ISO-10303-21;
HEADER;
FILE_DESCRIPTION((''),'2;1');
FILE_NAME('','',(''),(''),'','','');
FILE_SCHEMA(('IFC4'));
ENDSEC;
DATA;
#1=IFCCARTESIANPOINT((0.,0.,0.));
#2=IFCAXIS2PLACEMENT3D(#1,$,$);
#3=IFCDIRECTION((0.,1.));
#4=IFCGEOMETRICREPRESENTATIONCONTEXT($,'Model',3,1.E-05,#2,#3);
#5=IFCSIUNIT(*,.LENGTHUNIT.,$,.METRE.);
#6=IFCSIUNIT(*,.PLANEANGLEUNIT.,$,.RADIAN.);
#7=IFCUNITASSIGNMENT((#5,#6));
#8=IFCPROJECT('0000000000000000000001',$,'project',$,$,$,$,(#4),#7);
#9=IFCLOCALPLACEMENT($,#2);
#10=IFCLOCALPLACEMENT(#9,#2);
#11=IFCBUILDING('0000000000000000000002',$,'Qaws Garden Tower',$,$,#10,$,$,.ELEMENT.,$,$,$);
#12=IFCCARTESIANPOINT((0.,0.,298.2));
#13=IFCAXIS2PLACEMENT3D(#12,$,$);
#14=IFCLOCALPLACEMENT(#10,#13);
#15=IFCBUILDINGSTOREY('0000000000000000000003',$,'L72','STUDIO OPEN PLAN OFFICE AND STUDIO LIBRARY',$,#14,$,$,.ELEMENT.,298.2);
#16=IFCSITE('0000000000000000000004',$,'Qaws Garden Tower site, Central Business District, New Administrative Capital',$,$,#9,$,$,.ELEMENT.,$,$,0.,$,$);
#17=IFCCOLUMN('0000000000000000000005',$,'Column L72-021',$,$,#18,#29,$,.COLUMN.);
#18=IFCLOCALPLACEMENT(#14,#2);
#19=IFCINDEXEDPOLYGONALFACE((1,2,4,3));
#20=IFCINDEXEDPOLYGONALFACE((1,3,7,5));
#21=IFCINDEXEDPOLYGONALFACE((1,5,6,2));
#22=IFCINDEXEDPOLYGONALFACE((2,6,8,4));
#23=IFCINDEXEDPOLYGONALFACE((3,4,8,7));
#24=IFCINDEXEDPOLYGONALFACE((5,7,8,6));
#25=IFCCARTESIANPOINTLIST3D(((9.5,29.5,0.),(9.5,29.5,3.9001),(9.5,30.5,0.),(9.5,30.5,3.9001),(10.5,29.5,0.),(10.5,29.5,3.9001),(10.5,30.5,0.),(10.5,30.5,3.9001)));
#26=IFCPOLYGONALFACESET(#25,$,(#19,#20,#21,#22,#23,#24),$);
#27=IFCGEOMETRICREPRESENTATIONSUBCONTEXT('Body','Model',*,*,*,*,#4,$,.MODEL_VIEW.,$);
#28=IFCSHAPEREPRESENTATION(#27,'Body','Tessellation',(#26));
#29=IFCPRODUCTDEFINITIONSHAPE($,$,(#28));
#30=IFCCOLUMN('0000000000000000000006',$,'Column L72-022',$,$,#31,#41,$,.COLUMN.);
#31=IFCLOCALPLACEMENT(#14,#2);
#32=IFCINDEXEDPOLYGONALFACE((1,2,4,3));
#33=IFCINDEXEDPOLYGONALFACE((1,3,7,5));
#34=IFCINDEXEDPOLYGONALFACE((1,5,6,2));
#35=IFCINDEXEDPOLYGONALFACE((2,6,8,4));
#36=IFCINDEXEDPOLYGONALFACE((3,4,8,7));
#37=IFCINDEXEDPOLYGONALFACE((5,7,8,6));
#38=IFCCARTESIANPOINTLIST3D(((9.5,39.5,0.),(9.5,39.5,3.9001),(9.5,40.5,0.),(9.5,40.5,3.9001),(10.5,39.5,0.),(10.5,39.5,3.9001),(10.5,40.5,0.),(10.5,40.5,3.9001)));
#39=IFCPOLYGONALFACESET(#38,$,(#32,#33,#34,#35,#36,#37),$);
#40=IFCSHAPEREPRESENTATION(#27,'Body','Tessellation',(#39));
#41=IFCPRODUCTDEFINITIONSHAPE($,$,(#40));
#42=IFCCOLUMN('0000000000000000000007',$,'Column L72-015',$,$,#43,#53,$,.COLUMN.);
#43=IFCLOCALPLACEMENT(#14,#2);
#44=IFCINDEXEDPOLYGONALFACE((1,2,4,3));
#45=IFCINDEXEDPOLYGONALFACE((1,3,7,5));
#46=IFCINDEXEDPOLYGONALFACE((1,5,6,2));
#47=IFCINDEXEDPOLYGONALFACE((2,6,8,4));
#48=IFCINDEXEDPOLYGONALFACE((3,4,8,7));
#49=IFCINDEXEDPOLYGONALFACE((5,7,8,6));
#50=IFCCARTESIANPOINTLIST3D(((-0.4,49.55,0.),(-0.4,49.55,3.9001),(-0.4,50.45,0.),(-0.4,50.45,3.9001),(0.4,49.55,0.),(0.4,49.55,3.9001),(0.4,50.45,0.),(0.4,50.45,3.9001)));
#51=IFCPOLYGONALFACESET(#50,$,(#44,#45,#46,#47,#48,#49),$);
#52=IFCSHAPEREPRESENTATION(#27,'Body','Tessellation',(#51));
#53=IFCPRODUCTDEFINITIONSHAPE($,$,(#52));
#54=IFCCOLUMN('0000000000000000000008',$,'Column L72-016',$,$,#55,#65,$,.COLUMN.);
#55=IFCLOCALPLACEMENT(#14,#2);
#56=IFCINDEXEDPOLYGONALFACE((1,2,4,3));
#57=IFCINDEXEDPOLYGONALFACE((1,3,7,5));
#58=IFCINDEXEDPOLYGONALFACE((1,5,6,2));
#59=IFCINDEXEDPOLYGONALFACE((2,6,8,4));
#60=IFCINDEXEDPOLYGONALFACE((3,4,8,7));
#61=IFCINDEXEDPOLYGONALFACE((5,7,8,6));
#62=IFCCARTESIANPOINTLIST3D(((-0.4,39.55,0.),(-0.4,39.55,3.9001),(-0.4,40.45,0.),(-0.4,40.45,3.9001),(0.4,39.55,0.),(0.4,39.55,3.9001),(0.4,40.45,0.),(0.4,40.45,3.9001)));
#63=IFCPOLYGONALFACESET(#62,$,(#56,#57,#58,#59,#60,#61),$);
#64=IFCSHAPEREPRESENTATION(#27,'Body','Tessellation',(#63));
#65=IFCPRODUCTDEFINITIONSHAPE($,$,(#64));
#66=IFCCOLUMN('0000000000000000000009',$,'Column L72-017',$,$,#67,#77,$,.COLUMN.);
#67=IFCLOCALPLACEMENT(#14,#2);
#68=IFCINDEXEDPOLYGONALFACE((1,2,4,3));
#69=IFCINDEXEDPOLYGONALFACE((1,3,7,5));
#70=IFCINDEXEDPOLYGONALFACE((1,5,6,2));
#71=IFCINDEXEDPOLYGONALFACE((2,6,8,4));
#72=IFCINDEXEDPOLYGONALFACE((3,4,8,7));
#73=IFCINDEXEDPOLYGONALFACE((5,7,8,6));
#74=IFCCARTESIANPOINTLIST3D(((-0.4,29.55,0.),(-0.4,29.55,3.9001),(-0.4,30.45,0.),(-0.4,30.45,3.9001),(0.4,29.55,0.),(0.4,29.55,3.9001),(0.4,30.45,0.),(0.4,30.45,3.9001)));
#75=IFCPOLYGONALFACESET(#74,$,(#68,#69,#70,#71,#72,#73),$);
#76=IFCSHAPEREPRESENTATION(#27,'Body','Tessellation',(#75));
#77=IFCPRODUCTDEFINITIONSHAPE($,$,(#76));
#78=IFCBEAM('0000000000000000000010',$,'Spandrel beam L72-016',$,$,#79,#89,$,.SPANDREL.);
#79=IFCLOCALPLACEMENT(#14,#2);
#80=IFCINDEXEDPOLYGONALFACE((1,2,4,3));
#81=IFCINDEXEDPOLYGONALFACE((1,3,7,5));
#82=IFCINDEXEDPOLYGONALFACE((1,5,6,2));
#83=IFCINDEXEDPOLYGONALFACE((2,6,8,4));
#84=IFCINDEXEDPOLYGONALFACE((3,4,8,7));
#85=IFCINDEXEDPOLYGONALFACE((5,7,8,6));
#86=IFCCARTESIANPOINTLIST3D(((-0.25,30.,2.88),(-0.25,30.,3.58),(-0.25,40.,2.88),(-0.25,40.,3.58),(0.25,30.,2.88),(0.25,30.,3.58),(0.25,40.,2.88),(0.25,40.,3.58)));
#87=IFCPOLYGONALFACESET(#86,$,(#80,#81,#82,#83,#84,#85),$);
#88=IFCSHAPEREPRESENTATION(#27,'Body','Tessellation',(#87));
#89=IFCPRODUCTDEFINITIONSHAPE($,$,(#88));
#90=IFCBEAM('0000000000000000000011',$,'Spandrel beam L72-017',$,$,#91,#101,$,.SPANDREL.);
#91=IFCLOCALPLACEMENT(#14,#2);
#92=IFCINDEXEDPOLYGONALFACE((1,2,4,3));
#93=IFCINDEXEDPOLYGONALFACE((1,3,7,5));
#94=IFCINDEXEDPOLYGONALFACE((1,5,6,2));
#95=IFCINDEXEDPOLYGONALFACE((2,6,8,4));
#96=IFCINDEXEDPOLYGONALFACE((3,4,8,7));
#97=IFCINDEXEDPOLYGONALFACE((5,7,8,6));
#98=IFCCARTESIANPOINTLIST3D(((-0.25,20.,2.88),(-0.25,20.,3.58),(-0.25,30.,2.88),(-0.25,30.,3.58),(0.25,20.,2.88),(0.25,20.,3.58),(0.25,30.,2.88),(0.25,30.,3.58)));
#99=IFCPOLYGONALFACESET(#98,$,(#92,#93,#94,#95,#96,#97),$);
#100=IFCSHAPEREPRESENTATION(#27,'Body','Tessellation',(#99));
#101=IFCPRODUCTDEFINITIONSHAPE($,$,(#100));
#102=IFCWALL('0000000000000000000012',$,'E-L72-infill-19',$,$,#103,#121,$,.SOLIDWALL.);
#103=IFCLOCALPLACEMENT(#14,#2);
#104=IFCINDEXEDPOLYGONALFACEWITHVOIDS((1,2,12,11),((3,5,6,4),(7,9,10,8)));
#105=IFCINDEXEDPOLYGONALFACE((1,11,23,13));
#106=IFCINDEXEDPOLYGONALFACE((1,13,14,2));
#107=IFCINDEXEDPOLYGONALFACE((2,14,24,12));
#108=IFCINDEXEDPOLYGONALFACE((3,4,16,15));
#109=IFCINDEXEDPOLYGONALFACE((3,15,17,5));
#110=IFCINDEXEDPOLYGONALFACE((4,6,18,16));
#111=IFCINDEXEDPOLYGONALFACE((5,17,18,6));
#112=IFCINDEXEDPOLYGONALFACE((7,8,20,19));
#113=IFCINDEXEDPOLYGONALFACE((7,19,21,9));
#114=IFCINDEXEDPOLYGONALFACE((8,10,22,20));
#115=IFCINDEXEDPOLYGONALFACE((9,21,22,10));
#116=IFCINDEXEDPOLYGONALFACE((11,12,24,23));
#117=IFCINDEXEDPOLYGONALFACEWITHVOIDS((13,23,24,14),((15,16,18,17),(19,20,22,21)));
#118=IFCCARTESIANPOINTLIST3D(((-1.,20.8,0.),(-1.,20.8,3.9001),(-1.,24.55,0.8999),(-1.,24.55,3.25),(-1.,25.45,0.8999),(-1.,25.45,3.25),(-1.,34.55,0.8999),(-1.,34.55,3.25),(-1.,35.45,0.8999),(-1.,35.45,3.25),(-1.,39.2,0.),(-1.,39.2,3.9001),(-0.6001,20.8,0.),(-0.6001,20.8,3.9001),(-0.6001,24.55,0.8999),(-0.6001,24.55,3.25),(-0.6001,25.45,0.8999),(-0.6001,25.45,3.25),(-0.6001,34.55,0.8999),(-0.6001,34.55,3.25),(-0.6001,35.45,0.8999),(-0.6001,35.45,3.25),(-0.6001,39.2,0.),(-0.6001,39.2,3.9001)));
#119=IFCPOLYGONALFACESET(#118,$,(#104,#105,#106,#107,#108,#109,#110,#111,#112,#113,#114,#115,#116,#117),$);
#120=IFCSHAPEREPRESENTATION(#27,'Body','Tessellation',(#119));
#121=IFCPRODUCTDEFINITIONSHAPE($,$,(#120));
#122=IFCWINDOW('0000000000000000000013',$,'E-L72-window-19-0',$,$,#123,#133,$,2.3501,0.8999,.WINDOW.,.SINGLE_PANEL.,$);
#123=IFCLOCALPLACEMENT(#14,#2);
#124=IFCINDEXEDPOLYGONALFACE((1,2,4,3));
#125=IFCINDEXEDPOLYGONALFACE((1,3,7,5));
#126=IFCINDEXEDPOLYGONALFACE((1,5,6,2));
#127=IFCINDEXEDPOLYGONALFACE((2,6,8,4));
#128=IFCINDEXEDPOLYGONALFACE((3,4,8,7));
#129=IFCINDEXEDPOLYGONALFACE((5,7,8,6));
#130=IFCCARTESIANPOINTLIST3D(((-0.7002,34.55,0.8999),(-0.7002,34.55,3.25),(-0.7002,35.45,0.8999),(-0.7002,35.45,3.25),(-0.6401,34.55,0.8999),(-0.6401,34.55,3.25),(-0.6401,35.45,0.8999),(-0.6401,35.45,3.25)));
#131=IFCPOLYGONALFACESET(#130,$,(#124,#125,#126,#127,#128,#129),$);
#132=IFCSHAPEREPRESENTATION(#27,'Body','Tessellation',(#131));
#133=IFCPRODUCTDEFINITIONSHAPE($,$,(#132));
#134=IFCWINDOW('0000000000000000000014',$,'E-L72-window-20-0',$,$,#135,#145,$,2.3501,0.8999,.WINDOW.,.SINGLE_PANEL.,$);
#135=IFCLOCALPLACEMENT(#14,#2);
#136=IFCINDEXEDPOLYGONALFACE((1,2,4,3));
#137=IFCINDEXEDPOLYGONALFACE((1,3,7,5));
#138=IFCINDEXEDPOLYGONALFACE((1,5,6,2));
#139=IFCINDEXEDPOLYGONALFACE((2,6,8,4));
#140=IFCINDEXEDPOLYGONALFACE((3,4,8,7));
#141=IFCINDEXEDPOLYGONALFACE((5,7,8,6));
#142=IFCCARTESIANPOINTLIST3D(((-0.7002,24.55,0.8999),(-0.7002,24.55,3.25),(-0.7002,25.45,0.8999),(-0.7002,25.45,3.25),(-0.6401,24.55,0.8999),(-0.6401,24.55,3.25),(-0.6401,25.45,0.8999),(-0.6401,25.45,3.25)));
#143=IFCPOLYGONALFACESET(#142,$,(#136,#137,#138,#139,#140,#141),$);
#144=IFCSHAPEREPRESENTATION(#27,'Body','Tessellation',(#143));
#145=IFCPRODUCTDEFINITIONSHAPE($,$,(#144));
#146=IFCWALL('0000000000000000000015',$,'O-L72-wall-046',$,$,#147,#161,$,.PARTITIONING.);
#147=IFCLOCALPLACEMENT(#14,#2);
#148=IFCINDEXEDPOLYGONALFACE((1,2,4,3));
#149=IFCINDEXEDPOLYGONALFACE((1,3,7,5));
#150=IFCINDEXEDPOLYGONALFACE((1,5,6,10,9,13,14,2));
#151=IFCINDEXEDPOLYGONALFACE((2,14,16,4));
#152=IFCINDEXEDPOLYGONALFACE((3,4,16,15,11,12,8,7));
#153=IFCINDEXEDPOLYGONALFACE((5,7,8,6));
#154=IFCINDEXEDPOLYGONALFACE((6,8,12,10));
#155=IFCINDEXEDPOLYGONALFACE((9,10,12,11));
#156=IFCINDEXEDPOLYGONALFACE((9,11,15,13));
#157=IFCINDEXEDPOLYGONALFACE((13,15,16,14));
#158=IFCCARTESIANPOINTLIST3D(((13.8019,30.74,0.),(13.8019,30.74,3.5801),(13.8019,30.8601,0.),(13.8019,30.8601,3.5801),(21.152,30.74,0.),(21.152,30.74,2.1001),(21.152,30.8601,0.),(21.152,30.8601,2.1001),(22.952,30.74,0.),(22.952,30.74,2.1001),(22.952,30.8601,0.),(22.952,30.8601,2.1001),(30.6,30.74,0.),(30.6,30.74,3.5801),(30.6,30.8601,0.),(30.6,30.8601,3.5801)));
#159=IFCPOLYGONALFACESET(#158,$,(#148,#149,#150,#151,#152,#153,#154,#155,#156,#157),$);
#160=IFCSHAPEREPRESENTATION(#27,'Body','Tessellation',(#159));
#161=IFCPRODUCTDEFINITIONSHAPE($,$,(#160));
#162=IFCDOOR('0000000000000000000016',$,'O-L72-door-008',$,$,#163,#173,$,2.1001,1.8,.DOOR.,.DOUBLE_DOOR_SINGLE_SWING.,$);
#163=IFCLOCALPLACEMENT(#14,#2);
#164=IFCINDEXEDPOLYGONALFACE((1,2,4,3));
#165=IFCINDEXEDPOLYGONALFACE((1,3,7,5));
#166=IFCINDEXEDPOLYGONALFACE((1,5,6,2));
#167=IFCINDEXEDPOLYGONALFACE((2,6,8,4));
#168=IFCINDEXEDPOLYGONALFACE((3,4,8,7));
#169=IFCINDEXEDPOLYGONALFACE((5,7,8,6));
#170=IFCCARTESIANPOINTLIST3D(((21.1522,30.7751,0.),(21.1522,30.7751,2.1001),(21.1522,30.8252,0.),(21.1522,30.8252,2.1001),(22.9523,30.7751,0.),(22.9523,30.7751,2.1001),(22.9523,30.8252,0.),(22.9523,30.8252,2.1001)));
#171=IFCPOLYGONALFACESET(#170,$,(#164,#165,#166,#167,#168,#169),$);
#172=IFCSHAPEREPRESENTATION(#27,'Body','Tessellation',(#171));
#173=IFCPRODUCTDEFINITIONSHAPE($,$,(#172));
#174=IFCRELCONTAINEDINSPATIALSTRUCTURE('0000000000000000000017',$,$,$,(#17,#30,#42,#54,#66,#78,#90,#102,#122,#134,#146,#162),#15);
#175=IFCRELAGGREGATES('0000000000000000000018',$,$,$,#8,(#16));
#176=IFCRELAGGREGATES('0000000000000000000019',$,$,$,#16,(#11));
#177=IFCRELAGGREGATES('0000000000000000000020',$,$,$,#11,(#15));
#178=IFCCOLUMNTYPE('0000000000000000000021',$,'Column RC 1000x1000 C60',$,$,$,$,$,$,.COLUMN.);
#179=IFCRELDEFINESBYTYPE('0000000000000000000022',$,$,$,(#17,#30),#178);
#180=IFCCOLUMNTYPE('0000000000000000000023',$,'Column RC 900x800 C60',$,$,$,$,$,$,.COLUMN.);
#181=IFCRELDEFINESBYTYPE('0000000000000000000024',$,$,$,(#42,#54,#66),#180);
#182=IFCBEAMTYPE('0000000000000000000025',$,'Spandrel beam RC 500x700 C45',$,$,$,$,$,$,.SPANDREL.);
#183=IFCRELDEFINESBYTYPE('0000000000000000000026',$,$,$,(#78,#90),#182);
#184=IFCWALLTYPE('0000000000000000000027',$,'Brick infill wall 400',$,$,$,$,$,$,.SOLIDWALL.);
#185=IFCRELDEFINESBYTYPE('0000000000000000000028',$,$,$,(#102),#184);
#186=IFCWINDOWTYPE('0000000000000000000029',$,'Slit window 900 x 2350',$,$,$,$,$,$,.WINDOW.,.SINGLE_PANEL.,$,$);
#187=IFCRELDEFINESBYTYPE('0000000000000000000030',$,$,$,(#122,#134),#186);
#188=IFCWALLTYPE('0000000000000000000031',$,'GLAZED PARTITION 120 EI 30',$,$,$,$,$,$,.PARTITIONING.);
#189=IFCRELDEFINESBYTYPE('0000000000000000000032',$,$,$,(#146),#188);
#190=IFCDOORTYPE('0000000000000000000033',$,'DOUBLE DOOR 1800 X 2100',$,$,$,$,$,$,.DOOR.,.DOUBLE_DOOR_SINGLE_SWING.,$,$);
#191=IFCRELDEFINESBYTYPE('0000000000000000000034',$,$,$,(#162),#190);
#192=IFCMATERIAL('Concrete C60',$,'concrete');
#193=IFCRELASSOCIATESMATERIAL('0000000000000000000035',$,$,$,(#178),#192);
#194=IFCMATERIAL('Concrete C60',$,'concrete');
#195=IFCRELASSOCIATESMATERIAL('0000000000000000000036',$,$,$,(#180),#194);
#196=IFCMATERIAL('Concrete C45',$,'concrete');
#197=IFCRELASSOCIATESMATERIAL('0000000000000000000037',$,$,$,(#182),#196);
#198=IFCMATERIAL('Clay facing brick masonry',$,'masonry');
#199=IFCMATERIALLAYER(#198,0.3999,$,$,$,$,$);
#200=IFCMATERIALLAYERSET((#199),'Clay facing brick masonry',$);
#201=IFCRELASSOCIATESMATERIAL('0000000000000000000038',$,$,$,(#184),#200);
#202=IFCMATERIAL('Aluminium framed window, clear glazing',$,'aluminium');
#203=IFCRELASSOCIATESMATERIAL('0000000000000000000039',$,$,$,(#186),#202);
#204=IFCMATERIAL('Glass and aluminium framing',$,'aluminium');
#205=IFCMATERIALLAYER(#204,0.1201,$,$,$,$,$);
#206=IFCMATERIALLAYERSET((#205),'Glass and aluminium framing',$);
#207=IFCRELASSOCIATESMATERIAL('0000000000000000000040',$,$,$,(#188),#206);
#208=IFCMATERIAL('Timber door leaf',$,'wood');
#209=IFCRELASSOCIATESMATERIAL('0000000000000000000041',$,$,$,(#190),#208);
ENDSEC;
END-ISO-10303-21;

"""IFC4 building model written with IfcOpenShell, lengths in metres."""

from ifc_helpers import new_model, si_unit, direction, frame, frame_2d, origin, origin_2d, place, context, subcontext, project, spatial, rectangle, extrude, material, layer, layer_set, material_profile, profile_set, type_object, element, fill, save


model = new_model("IFC4")

# Units and contexts
model_context = context("Model", 3, precision=1e-05, world=origin(), true_north=direction((0.0, 1.0)))
body_context = subcontext(model_context, "Body", "Model", "MODEL_VIEW")
ifc_project = project(units=[si_unit("LENGTHUNIT", "METRE"), si_unit("PLANEANGLEUNIT", "RADIAN")], contexts=[model_context])

# Site, building, storey
site_placement = place(None, origin())
site = spatial("IfcSite", under=ifc_project, at=site_placement, Name="Qaws Garden Tower site, Central Business District, New Administrative Capital", CompositionType="ELEMENT", RefElevation=0.0)
building_placement = place(site_placement, origin())
building = spatial("IfcBuilding", under=site, at=building_placement, Name="Qaws Garden Tower", CompositionType="ELEMENT")
storey_placement = place(building_placement, frame((0.0, 0.0, 298.2)))
storey = spatial("IfcBuildingStorey", under=building, at=storey_placement, Name="L72", Description="STUDIO OPEN PLAN OFFICE AND STUDIO LIBRARY", CompositionType="ELEMENT", Elevation=298.2)

# Columns
ifc_material_1 = material(Name="Concrete C60", Category="concrete")
ifc_material_profile_1 = material_profile(ifc_material_1, rectangle(XDim=1.0, YDim=1.0, at=origin_2d()), Name="RC 1000x1000")
ifc_profile_set_1 = profile_set([ifc_material_profile_1], Name="Concrete C60")
column_type_1 = type_object("IfcColumnType", Name="Column RC 1000x1000 C60", PredefinedType="COLUMN", material=ifc_profile_set_1)
for number, where, z_axis, x_axis, name in (
    (1, (10.0, 30.0, 0.0), (0.0, 0.0, 1.0), (1.0, 0.0, 0.0), "Column L72-021"),
    (2, (10.0, 40.0, 0.0), (0.0, 0.0, 1.0), (1.0, 0.0, 0.0), "Column L72-022"),
):
    element("IfcColumn", number, at=place(storey_placement, frame(where, z_axis=z_axis, x_axis=x_axis)), inside=storey, type_object=column_type_1, Name=name, PredefinedType="COLUMN", context=body_context, shape_type="SweptSolid", body=[
        extrude(rectangle(XDim=1.0, YDim=1.0, at=origin_2d()), origin(), (0.0, 0.0, 1.0), 3.9001),
    ])
ifc_material_2 = material(Name="Concrete C60", Category="concrete")
ifc_material_profile_2 = material_profile(ifc_material_2, rectangle(XDim=0.8999, YDim=0.8, at=origin_2d()), Name="RC 900x800")
ifc_profile_set_2 = profile_set([ifc_material_profile_2], Name="Concrete C60")
column_type_2 = type_object("IfcColumnType", Name="Column RC 900x800 C60", PredefinedType="COLUMN", material=ifc_profile_set_2)
for number, where, z_axis, x_axis, name in (
    (3, (0.0, 50.0, 0.0), (0.0, 0.0, 1.0), (0.0, 1.0, 0.0), "Column L72-015"),
    (4, (0.0, 40.0, 0.0), (0.0, 0.0, 1.0), (0.0, 1.0, 0.0), "Column L72-016"),
    (5, (0.0, 30.0, 0.0), (0.0, 0.0, 1.0), (0.0, 1.0, 0.0), "Column L72-017"),
):
    element("IfcColumn", number, at=place(storey_placement, frame(where, z_axis=z_axis, x_axis=x_axis)), inside=storey, type_object=column_type_2, Name=name, PredefinedType="COLUMN", context=body_context, shape_type="SweptSolid", body=[
        extrude(rectangle(XDim=0.8999, YDim=0.8, at=origin_2d()), origin(), (0.0, 0.0, 1.0), 3.9001),
    ])

# Beams
ifc_material_3 = material(Name="Concrete C45", Category="concrete")
ifc_material_profile_3 = material_profile(ifc_material_3, rectangle(XDim=0.5, YDim=0.7, at=origin_2d()), Name="RC 500x700")
ifc_profile_set_3 = profile_set([ifc_material_profile_3], Name="Concrete C45")
beam_type = type_object("IfcBeamType", Name="Spandrel beam RC 500x700 C45", PredefinedType="SPANDREL", material=ifc_profile_set_3)
for number, where, z_axis, x_axis, name in (
    (6, (0.0, 40.0, 3.23), (0.0, -1.0, 0.0), (1.0, 0.0, 0.0), "Spandrel beam L72-016"),
    (7, (0.0, 30.0, 3.23), (0.0, -1.0, 0.0), (1.0, 0.0, 0.0), "Spandrel beam L72-017"),
):
    element("IfcBeam", number, at=place(storey_placement, frame(where, z_axis=z_axis, x_axis=x_axis)), inside=storey, type_object=beam_type, Name=name, PredefinedType="SPANDREL", context=body_context, shape_type="SweptSolid", body=[
        extrude(rectangle(XDim=0.5, YDim=0.7, at=origin_2d()), origin(), (0.0, 0.0, 1.0), 10.0),
    ])

# Wall, openings, windows
ifc_material_4 = material(Name="Clay facing brick masonry", Category="masonry")
ifc_layer_1 = layer(ifc_material_4, 0.3999)
ifc_layer_set_1 = layer_set([ifc_layer_1], Name="Clay facing brick masonry")
wall_type_1 = type_object("IfcWallType", Name="Brick infill wall 400", PredefinedType="SOLIDWALL", material=ifc_layer_set_1)
wall_1_placement = place(storey_placement, frame((-0.8, 39.2, 0.0), z_axis=(0.0, 0.0, 1.0), x_axis=(0.0, -1.0, 0.0)))
wall_1 = element("IfcWall", 8, at=wall_1_placement, inside=storey, type_object=wall_type_1, Name="E-L72-infill-19", PredefinedType="SOLIDWALL", context=body_context, shape_type="SweptSolid", body=[
    extrude(rectangle(XDim=18.3999, YDim=0.3999, at=frame_2d((9.2, 0.0))), origin(), (0.0, 0.0, 1.0), 3.9001),
])
opening_1_placement = place(wall_1_placement, frame((3.75, 0.0, 0.8999)))
opening_1 = element("IfcOpeningElement", 9, at=opening_1_placement, cuts=wall_1, PredefinedType="OPENING", context=body_context, shape_type="SweptSolid", body=[
    extrude(rectangle(XDim=0.8999, YDim=2.3501, at=frame_2d((0.45, 1.175))), frame((0.0, 0.21, 0.0), z_axis=(0.0, -1.0, 0.0), x_axis=(1.0, 0.0, 0.0)), (0.0, 0.0, 1.0), 0.4199),
])
opening_2_placement = place(wall_1_placement, frame((13.75, 0.0, 0.8999)))
opening_2 = element("IfcOpeningElement", 10, at=opening_2_placement, cuts=wall_1, PredefinedType="OPENING", context=body_context, shape_type="SweptSolid", body=[
    extrude(rectangle(XDim=0.8999, YDim=2.3501, at=frame_2d((0.45, 1.175))), frame((0.0, 0.21, 0.0), z_axis=(0.0, -1.0, 0.0), x_axis=(1.0, 0.0, 0.0)), (0.0, 0.0, 1.0), 0.4199),
])
ifc_material_5 = material(Name="Aluminium framed window, clear glazing", Category="aluminium")
window_type = type_object("IfcWindowType", Name="Slit window 900 x 2350", PartitioningType="SINGLE_PANEL", PredefinedType="WINDOW", material=ifc_material_5)
window_1_placement = place(opening_1_placement, origin())
window_1 = element("IfcWindow", 11, at=window_1_placement, inside=storey, type_object=window_type, Name="E-L72-window-19-0", OverallHeight=2.3501, OverallWidth=0.8999, PartitioningType="SINGLE_PANEL", PredefinedType="WINDOW", context=body_context, shape_type="SweptSolid", body=[
    extrude(rectangle(XDim=0.8999, YDim=2.3501, at=frame_2d((0.45, 1.175))), frame((0.0, 0.1599, 0.0), z_axis=(0.0, -1.0, 0.0), x_axis=(1.0, 0.0, 0.0)), (0.0, 0.0, 1.0), 0.0601),
])
fill(opening_1, window_1)
window_2_placement = place(opening_2_placement, origin())
window_2 = element("IfcWindow", 12, at=window_2_placement, inside=storey, type_object=window_type, Name="E-L72-window-20-0", OverallHeight=2.3501, OverallWidth=0.8999, PartitioningType="SINGLE_PANEL", PredefinedType="WINDOW", context=body_context, shape_type="SweptSolid", body=[
    extrude(rectangle(XDim=0.8999, YDim=2.3501, at=frame_2d((0.45, 1.175))), frame((0.0, 0.1599, 0.0), z_axis=(0.0, -1.0, 0.0), x_axis=(1.0, 0.0, 0.0)), (0.0, 0.0, 1.0), 0.0601),
])
fill(opening_2, window_2)

# Wall, opening, door
ifc_material_6 = material(Name="Glass and aluminium framing", Category="aluminium")
ifc_layer_2 = layer(ifc_material_6, 0.1201)
ifc_layer_set_2 = layer_set([ifc_layer_2], Name="Glass and aluminium framing")
wall_type_2 = type_object("IfcWallType", Name="GLAZED PARTITION 120 EI 30", PredefinedType="PARTITIONING", material=ifc_layer_set_2)
wall_2_placement = place(storey_placement, frame((13.802, 30.8, 0.0), z_axis=(0.0, 0.0, 1.0), x_axis=(1.0, 0.0, 0.0)))
wall_2 = element("IfcWall", 13, at=wall_2_placement, inside=storey, type_object=wall_type_2, Name="O-L72-wall-046", PredefinedType="PARTITIONING", context=body_context, shape_type="SweptSolid", body=[
    extrude(rectangle(XDim=16.7981, YDim=0.1201, at=frame_2d((8.3989, 0.0))), origin(), (0.0, 0.0, 1.0), 3.5801),
])
opening_3_placement = place(wall_2_placement, frame((7.3501, 0.0, 0.0)))
opening_3 = element("IfcOpeningElement", 14, at=opening_3_placement, cuts=wall_2, PredefinedType="OPENING", context=body_context, shape_type="SweptSolid", body=[
    extrude(rectangle(XDim=1.8, YDim=2.1001, at=frame_2d((0.8999, 1.05))), frame((0.0, 0.0701, 0.0), z_axis=(0.0, -1.0, 0.0), x_axis=(1.0, 0.0, 0.0)), (0.0, 0.0, 1.0), 0.1401),
])
ifc_material_7 = material(Name="Timber door leaf", Category="wood")
door_type_1 = type_object("IfcDoorType", Name="DOUBLE DOOR 1800 X 2100", OperationType="DOUBLE_DOOR_SINGLE_SWING", PredefinedType="DOOR", material=ifc_material_7)
door_1_placement = place(opening_3_placement, frame((1.8, 0.0, 0.0), z_axis=(0.0, 0.0, 1.0), x_axis=(-1.0, 0.0, 0.0)))
door_1 = element("IfcDoor", 15, at=door_1_placement, inside=storey, type_object=door_type_1, Name="O-L72-door-008", OperationType="DOUBLE_DOOR_SINGLE_SWING", OverallHeight=2.1001, OverallWidth=1.8, PredefinedType="DOOR", context=body_context, shape_type="SweptSolid", body=[
    extrude(rectangle(XDim=1.8, YDim=2.1001, at=frame_2d((0.8999, 1.05))), frame((0.0, 0.0249, 0.0), z_axis=(0.0, -1.0, 0.0), x_axis=(1.0, 0.0, 0.0)), (0.0, 0.0, 1.0), 0.05),
])
fill(opening_3, door_1)

save(model, "model.ifc")
